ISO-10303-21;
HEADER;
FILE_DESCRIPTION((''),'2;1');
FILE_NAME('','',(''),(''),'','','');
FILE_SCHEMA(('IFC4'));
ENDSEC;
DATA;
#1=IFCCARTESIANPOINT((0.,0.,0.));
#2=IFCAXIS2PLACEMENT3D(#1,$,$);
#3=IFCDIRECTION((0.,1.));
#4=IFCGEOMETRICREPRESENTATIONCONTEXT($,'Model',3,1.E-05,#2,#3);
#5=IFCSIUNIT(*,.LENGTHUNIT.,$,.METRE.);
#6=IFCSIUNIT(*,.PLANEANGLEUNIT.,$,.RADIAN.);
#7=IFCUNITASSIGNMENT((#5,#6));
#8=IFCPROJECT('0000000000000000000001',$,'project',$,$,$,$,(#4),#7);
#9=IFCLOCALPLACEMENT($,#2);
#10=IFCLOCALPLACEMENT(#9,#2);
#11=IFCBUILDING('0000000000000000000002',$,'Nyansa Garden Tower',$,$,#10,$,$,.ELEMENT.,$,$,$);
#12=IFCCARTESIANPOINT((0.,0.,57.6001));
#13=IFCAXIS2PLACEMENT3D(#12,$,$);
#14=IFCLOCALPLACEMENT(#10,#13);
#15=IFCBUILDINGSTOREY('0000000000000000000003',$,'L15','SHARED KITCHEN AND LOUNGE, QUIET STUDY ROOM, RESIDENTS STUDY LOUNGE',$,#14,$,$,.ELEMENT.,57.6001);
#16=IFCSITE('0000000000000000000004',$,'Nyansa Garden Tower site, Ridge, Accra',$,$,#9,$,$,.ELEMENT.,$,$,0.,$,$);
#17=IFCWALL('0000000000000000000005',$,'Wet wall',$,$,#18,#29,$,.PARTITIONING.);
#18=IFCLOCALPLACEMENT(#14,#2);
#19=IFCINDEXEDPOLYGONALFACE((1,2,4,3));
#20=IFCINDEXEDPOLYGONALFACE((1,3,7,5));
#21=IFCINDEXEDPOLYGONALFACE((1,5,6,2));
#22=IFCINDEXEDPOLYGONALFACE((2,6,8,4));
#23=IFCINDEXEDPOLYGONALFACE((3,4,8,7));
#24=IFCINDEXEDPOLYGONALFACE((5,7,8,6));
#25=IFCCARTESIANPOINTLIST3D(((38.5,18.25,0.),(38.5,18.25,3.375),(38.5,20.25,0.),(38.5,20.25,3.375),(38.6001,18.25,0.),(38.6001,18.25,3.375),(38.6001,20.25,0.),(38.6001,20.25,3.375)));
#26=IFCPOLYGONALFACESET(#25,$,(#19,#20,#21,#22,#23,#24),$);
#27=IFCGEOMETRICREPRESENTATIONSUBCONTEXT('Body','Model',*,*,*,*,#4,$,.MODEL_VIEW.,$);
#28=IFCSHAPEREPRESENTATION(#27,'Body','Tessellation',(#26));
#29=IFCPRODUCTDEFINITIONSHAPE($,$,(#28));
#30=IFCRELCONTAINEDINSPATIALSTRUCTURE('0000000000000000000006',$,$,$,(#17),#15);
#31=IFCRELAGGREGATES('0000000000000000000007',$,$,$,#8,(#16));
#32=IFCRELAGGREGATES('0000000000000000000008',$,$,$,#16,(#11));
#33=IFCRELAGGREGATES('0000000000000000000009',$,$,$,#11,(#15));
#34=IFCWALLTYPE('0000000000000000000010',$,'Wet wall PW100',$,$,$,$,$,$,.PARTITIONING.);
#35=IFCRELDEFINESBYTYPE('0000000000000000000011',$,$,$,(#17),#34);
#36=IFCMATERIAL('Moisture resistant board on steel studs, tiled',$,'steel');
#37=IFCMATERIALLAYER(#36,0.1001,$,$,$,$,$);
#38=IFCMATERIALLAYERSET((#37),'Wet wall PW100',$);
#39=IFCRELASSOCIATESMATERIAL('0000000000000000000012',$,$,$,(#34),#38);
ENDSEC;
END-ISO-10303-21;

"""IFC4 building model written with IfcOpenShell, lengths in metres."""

from ifc_helpers import new_model, si_unit, direction, frame, frame_2d, origin, place, context, subcontext, project, spatial, rectangle, extrude, material, layer, layer_set, type_object, element, save


model = new_model("IFC4")

# Units and contexts
model_context = context("Model", 3, precision=1e-05, world=origin(), true_north=direction((0.0, 1.0)))
body_context = subcontext(model_context, "Body", "Model", "MODEL_VIEW")
ifc_project = project(units=[si_unit("LENGTHUNIT", "METRE"), si_unit("PLANEANGLEUNIT", "RADIAN")], contexts=[model_context])

# Site, building, storey
site_placement = place(None, origin())
site = spatial("IfcSite", under=ifc_project, at=site_placement, Name="Nyansa Garden Tower site, Ridge, Accra", CompositionType="ELEMENT", RefElevation=0.0)
building_placement = place(site_placement, origin())
building = spatial("IfcBuilding", under=site, at=building_placement, Name="Nyansa Garden Tower", CompositionType="ELEMENT")
storey_placement = place(building_placement, frame((0.0, 0.0, 57.6001)))
storey = spatial("IfcBuildingStorey", under=building, at=storey_placement, Name="L15", Description="SHARED KITCHEN AND LOUNGE, QUIET STUDY ROOM, RESIDENTS STUDY LOUNGE", CompositionType="ELEMENT", Elevation=57.6001)

# Shared definitions
ifc_material_1 = material(Name="Moisture resistant board on steel studs, tiled", Category="steel")
ifc_layer_1 = layer(ifc_material_1, 0.1001)
ifc_layer_set_1 = layer_set([ifc_layer_1], Name="Wet wall PW100")
wall_type_1 = type_object("IfcWallType", Name="Wet wall PW100", PredefinedType="PARTITIONING", material=ifc_layer_set_1)

# Wall
for number, where, z_axis, x_axis, name in (
    (1, (38.55, 18.25, 0.0), (0.0, 0.0, 1.0), (0.0, 1.0, 0.0), "Wet wall"),
):
    element("IfcWall", number, at=place(storey_placement, frame(where, z_axis=z_axis, x_axis=x_axis)), inside=storey, type_object=wall_type_1, Name=name, PredefinedType="PARTITIONING", context=body_context, shape_type="SweptSolid", body=[
        extrude(rectangle(XDim=2.0, YDim=0.1001, at=frame_2d((1.0, 0.0))), origin(), (0.0, 0.0, 1.0), 3.375),
    ])

save(model, "model.ifc")
